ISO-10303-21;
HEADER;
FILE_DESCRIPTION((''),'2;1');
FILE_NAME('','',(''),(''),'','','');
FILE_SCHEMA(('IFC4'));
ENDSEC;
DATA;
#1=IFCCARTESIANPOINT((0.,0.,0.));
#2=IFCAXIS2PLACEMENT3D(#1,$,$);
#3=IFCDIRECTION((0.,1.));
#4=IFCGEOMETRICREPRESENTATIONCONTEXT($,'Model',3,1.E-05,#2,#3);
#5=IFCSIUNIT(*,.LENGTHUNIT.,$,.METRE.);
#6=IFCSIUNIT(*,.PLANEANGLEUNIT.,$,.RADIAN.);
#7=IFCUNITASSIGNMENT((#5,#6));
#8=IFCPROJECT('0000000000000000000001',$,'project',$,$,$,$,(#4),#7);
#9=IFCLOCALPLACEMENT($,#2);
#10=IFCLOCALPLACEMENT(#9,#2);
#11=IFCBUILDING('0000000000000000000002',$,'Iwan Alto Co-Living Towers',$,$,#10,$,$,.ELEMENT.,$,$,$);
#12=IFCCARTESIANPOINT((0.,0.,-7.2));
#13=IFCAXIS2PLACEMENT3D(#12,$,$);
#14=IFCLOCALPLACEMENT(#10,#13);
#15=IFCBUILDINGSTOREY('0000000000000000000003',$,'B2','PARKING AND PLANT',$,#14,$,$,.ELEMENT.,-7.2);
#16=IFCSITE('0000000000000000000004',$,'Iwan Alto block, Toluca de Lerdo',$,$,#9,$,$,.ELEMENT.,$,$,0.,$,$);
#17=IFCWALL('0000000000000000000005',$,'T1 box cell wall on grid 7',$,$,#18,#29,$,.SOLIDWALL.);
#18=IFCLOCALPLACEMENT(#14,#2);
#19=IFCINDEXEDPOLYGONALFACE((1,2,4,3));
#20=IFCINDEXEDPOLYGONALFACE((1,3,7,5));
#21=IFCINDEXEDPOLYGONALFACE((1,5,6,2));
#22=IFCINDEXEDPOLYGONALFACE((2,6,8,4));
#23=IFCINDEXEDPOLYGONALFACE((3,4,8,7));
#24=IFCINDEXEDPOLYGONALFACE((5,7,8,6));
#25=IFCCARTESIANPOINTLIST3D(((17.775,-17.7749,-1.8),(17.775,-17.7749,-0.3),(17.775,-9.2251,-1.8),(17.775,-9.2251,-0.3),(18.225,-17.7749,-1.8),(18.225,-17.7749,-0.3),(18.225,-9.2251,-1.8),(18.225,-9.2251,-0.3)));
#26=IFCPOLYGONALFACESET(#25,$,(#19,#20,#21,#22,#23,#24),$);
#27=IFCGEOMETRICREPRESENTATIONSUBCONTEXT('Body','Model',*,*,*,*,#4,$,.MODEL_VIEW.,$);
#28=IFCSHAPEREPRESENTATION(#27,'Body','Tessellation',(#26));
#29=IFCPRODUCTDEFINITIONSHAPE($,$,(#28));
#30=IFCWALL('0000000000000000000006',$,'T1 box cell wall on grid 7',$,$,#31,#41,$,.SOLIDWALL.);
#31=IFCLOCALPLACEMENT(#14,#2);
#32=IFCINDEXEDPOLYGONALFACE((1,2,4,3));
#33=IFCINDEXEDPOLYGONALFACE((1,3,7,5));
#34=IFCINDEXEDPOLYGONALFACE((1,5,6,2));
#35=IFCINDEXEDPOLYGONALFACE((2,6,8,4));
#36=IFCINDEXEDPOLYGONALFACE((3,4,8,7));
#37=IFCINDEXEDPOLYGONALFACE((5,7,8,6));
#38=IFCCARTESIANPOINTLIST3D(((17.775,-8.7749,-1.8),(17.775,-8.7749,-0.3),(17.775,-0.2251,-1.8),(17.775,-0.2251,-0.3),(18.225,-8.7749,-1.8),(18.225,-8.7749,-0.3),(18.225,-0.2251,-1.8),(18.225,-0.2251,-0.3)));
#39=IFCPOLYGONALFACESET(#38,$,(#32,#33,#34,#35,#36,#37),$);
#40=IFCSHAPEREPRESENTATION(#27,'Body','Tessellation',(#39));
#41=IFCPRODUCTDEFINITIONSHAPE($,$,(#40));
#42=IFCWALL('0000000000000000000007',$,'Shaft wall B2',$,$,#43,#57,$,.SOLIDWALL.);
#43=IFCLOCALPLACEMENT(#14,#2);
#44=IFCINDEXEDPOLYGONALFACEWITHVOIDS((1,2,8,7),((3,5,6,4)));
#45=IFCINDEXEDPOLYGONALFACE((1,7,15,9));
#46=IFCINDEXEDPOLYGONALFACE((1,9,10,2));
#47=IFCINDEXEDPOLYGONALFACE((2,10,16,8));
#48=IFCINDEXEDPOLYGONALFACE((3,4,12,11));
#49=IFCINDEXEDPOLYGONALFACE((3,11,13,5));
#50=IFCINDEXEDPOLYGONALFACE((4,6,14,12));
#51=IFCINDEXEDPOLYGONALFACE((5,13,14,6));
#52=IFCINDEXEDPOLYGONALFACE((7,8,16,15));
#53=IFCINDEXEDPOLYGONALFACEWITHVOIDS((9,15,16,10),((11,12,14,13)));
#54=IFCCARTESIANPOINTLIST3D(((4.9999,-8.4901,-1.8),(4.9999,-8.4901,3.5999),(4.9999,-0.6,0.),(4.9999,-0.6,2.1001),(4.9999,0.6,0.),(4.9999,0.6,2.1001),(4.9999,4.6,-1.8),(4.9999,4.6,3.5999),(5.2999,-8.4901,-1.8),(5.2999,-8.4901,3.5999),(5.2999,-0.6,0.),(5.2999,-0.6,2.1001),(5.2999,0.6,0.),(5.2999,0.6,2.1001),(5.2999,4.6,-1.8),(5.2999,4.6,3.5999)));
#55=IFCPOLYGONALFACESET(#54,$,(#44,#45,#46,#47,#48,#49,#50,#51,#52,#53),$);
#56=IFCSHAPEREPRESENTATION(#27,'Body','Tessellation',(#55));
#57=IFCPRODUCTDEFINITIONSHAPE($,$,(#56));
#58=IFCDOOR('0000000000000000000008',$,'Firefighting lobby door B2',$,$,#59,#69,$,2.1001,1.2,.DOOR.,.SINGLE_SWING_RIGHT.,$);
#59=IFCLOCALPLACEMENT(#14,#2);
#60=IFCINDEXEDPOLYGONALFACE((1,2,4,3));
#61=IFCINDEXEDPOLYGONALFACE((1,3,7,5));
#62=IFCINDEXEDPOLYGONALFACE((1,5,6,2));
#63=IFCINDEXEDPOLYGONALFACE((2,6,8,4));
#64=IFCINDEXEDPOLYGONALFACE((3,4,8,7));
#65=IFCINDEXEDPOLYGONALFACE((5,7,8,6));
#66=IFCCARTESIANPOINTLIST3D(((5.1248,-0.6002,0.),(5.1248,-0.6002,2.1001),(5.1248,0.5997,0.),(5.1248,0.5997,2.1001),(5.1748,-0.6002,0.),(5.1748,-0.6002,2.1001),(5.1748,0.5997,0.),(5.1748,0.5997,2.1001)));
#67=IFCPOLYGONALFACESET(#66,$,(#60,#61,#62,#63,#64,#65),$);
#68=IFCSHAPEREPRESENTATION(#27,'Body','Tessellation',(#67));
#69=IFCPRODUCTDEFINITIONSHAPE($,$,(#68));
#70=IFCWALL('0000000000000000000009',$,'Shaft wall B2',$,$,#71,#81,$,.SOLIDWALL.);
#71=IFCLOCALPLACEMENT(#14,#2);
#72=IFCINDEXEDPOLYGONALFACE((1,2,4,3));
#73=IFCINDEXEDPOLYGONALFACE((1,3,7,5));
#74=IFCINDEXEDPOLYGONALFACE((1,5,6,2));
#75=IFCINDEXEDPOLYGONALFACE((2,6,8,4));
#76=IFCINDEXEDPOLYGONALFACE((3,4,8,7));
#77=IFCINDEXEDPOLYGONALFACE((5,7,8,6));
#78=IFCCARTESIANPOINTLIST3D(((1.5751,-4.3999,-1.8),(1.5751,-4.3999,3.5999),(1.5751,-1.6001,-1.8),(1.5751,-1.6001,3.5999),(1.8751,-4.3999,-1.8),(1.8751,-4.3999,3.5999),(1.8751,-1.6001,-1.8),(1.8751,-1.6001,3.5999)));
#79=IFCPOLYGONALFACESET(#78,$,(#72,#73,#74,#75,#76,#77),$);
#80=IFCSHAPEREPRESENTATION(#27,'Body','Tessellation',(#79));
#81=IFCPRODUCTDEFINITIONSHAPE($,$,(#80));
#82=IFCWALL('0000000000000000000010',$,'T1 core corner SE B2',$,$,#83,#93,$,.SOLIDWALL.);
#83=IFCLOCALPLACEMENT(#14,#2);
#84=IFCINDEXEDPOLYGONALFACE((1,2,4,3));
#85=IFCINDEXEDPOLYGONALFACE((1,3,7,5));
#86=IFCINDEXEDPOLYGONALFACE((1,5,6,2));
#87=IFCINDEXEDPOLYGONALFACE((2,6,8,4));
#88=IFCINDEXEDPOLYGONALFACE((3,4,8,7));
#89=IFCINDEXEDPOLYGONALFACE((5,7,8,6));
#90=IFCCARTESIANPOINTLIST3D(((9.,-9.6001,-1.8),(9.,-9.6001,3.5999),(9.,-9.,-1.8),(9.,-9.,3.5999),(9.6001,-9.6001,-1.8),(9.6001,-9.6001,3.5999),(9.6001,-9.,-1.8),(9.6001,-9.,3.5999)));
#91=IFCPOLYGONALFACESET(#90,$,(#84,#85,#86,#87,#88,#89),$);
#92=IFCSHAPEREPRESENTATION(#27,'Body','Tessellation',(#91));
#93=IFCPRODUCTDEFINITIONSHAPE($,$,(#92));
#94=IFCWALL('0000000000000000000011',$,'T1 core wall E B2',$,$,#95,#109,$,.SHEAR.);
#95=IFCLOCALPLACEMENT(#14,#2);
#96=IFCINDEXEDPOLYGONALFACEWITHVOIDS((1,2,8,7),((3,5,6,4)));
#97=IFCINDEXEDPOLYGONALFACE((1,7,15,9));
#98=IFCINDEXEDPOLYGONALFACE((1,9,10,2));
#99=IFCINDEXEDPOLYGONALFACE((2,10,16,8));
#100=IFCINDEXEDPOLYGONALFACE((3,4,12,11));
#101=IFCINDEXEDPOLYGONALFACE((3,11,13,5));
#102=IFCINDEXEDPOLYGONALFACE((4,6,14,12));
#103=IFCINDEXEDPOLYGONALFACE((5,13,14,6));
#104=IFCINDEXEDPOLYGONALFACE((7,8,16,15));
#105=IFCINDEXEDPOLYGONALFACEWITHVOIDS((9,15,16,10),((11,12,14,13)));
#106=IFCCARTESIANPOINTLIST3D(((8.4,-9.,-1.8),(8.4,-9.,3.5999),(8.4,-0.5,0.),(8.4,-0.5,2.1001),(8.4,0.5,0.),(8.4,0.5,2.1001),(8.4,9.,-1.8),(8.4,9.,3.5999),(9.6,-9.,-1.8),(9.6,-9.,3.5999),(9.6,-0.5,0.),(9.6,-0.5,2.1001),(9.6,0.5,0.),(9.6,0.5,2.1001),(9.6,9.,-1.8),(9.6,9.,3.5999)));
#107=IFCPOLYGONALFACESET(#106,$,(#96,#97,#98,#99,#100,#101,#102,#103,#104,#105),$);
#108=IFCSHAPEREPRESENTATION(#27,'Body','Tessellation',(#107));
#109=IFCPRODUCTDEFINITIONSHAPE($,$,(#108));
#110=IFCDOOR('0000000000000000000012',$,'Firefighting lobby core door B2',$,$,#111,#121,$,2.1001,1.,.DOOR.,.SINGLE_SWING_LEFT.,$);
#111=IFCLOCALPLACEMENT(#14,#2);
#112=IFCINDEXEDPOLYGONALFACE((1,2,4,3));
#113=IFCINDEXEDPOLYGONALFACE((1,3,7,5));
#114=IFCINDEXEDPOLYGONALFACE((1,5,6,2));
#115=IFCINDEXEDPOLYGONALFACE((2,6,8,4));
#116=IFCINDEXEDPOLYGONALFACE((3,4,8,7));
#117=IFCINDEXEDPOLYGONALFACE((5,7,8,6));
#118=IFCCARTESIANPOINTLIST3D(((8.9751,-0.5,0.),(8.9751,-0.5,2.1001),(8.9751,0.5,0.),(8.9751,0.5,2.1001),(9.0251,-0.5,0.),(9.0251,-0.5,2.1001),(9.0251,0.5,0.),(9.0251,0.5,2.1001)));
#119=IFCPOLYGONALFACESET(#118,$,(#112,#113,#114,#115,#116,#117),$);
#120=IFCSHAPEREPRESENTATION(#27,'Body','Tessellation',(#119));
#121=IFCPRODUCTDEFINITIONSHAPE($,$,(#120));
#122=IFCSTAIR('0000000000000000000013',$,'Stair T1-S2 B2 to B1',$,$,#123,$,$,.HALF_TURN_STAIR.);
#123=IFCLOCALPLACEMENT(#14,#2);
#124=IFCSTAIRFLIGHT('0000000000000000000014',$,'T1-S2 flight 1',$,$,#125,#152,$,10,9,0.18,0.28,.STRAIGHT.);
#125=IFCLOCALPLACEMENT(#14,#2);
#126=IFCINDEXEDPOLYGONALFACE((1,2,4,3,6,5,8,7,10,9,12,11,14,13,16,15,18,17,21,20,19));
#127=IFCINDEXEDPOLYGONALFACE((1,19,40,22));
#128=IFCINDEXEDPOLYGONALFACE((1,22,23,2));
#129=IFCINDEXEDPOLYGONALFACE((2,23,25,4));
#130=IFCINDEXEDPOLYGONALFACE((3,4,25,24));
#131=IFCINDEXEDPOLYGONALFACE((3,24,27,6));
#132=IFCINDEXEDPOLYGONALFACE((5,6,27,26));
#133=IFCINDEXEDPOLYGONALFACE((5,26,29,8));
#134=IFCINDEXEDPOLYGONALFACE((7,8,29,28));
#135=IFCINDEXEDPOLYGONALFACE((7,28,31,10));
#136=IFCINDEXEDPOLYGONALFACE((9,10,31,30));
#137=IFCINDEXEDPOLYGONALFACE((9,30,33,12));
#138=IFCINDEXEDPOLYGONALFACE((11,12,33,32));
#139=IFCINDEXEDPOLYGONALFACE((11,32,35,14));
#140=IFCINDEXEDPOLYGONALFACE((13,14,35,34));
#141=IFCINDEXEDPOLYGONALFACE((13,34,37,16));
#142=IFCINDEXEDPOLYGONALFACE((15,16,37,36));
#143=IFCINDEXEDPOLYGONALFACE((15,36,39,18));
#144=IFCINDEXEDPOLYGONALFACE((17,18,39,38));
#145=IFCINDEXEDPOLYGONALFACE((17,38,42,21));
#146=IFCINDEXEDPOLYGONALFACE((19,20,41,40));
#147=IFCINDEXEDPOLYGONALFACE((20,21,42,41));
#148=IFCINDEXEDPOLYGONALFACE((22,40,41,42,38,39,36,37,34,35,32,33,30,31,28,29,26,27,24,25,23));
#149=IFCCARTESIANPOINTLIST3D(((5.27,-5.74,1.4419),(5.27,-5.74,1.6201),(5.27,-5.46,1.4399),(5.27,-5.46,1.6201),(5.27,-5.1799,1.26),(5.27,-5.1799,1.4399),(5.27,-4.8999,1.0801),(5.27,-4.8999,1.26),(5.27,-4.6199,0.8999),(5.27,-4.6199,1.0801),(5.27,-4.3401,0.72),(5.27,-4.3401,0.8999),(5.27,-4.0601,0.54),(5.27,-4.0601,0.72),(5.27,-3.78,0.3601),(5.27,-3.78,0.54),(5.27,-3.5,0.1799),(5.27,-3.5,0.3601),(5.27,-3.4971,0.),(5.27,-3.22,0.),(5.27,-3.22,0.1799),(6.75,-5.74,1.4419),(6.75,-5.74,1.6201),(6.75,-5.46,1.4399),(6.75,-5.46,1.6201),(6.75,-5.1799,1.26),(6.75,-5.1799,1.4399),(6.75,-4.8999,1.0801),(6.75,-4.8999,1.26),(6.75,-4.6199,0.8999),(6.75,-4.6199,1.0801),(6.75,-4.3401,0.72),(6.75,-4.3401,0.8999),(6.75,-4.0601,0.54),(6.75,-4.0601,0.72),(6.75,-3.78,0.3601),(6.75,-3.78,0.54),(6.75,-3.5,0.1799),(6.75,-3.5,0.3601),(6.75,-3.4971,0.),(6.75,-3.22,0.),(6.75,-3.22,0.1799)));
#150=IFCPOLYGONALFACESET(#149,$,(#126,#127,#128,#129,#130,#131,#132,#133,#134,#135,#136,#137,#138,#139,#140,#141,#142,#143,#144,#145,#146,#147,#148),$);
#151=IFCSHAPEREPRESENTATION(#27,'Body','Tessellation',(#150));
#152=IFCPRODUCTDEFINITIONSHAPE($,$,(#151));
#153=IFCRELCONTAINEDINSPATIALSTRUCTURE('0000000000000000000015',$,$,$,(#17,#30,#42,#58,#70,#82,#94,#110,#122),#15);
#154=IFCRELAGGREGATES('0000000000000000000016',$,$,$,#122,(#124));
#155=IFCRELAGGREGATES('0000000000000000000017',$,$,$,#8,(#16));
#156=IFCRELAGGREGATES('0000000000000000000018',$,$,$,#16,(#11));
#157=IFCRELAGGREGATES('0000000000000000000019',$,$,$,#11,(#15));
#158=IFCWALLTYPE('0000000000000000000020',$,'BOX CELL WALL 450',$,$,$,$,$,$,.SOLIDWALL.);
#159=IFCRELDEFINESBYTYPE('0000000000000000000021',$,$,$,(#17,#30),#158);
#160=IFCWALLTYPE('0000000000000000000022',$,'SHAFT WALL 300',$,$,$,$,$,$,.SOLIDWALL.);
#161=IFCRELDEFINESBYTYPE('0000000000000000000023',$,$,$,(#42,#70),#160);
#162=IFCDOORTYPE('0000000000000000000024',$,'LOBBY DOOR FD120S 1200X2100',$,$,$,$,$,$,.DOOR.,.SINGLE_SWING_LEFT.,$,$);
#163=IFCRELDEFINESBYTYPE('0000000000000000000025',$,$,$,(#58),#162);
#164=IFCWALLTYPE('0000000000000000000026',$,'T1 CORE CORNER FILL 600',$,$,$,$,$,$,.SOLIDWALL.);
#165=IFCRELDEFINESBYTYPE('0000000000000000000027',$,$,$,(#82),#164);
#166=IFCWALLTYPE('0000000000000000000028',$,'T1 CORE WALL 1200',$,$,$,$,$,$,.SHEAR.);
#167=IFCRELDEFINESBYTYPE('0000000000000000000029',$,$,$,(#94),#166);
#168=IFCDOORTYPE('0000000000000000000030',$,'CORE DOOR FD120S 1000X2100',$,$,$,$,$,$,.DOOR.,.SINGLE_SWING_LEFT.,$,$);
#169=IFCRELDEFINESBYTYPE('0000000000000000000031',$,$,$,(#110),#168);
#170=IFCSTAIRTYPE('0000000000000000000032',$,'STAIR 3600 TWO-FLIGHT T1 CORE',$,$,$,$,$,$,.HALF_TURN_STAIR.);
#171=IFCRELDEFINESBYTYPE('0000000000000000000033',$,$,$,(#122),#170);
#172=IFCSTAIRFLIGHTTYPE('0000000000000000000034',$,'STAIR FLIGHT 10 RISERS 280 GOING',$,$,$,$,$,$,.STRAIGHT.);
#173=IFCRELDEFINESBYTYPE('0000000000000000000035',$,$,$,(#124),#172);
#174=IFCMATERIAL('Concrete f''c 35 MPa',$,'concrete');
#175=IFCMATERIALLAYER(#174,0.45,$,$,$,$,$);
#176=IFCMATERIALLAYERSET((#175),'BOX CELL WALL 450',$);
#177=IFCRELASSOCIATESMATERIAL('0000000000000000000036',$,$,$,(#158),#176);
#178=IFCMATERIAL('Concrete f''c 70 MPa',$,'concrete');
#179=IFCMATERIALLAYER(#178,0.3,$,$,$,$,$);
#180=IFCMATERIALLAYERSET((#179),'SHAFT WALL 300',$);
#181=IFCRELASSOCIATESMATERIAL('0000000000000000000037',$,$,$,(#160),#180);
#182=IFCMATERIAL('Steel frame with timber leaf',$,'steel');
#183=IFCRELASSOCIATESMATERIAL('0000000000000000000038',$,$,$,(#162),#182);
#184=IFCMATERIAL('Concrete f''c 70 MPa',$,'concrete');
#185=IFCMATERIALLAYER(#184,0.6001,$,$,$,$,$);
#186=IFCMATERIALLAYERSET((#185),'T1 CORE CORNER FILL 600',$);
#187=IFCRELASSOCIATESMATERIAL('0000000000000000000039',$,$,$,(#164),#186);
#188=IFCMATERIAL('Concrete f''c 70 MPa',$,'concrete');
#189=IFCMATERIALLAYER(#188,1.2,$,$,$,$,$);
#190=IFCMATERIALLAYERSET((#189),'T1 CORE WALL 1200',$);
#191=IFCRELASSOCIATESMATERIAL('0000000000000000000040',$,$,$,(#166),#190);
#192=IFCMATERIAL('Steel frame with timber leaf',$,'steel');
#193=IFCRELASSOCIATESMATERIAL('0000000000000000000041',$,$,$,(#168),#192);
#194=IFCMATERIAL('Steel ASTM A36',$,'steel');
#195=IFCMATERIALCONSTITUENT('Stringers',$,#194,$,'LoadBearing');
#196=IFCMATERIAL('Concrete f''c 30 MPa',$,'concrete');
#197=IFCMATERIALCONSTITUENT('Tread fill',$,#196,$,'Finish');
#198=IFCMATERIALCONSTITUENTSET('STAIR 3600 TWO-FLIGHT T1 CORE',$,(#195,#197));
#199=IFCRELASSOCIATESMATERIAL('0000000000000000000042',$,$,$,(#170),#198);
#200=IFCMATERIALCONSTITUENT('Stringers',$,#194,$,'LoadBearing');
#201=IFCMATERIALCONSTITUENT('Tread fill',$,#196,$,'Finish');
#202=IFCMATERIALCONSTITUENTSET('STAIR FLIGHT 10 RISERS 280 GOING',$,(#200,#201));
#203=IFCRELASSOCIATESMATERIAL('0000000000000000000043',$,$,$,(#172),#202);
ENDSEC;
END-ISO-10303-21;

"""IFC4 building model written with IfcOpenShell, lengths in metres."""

from ifc_helpers import new_model, si_unit, direction, frame, frame_2d, origin, place, context, subcontext, project, spatial, polyline, rectangle, outline, extrude, material, layer, layer_set, constituent, constituent_set, type_object, element, fill, aggregate, save


model = new_model("IFC4")

# Units and contexts
model_context = context("Model", 3, precision=1e-05, world=origin(), true_north=direction((0.0, 1.0)))
body_context = subcontext(model_context, "Body", "Model", "MODEL_VIEW")
ifc_project = project(units=[si_unit("LENGTHUNIT", "METRE"), si_unit("PLANEANGLEUNIT", "RADIAN")], contexts=[model_context])

# Site, building, storey
site_placement = place(None, origin())
site = spatial("IfcSite", under=ifc_project, at=site_placement, Name="Iwan Alto block, Toluca de Lerdo", CompositionType="ELEMENT", RefElevation=0.0)
building_placement = place(site_placement, origin())
building = spatial("IfcBuilding", under=site, at=building_placement, Name="Iwan Alto Co-Living Towers", CompositionType="ELEMENT")
storey_placement = place(building_placement, frame((0.0, 0.0, -7.2)))
storey = spatial("IfcBuildingStorey", under=building, at=storey_placement, Name="B2", Description="PARKING AND PLANT", CompositionType="ELEMENT", Elevation=-7.2)

# Walls
ifc_material_1 = material(Name="Concrete f'c 35 MPa", Category="concrete")
ifc_layer_1 = layer(ifc_material_1, 0.45)
ifc_layer_set_1 = layer_set([ifc_layer_1], Name="BOX CELL WALL 450")
wall_type_1 = type_object("IfcWallType", Name="BOX CELL WALL 450", PredefinedType="SOLIDWALL", material=ifc_layer_set_1)
for number, where, z_axis, x_axis, name in (
    (1, (18.0, -17.7749, -1.8), (0.0, 0.0, 1.0), (0.0, 1.0, 0.0), "T1 box cell wall on grid 7"),
    (2, (18.0, -8.7749, -1.8), (0.0, 0.0, 1.0), (0.0, 1.0, 0.0), "T1 box cell wall on grid 7"),
):
    element("IfcWall", number, at=place(storey_placement, frame(where, z_axis=z_axis, x_axis=x_axis)), inside=storey, type_object=wall_type_1, Name=name, PredefinedType="SOLIDWALL", context=body_context, shape_type="SweptSolid", body=[
        extrude(rectangle(XDim=8.5498, YDim=0.45, at=frame_2d((4.2749, 0.0))), origin(), (0.0, 0.0, 1.0), 1.5),
    ])

# Wall, opening, door
ifc_material_2 = material(Name="Concrete f'c 70 MPa", Category="concrete")
ifc_layer_2 = layer(ifc_material_2, 0.3)
ifc_layer_set_2 = layer_set([ifc_layer_2], Name="SHAFT WALL 300")
wall_type_2 = type_object("IfcWallType", Name="SHAFT WALL 300", PredefinedType="SOLIDWALL", material=ifc_layer_set_2)
wall_1_placement = place(storey_placement, frame((5.1499, -8.49, -1.8), z_axis=(0.0, 0.0, 1.0), x_axis=(0.0, 1.0, 0.0)))
wall_1 = element("IfcWall", 3, at=wall_1_placement, inside=storey, type_object=wall_type_2, Name="Shaft wall B2", PredefinedType="SOLIDWALL", context=body_context, shape_type="SweptSolid", body=[
    extrude(rectangle(XDim=13.0901, YDim=0.3, at=frame_2d((6.5449, 0.0))), origin(), (0.0, 0.0, 1.0), 5.3999),
])
opening_1_placement = place(wall_1_placement, frame((7.8899, 0.0, 1.8)))
opening_1 = element("IfcOpeningElement", 4, at=opening_1_placement, cuts=wall_1, PredefinedType="OPENING", context=body_context, shape_type="SweptSolid", body=[
    extrude(rectangle(XDim=1.2, YDim=2.1001, at=frame_2d((0.6001, 1.05))), frame((0.0, 0.1599, 0.0), z_axis=(0.0, -1.0, 0.0), x_axis=(1.0, 0.0, 0.0)), (0.0, 0.0, 1.0), 0.3201),
])
ifc_material_3 = material(Name="Steel frame with timber leaf", Category="steel")
door_type_1 = type_object("IfcDoorType", Name="LOBBY DOOR FD120S 1200X2100", OperationType="SINGLE_SWING_LEFT", PredefinedType="DOOR", material=ifc_material_3)
door_1_placement = place(opening_1_placement, frame((1.2, 0.0, 0.0), z_axis=(0.0, 0.0, 1.0), x_axis=(-1.0, 0.0, 0.0)))
door_1 = element("IfcDoor", 5, at=door_1_placement, inside=storey, type_object=door_type_1, Name="Firefighting lobby door B2", OperationType="SINGLE_SWING_RIGHT", OverallHeight=2.1001, OverallWidth=1.2, PredefinedType="DOOR", context=body_context, shape_type="SweptSolid", body=[
    extrude(rectangle(XDim=1.2, YDim=2.1001, at=frame_2d((0.6001, 1.05))), frame((0.0, 0.0249, 0.0), z_axis=(0.0, -1.0, 0.0), x_axis=(1.0, 0.0, 0.0)), (0.0, 0.0, 1.0), 0.05),
])
fill(opening_1, door_1)

# Walls
wall_2_placement = place(storey_placement, frame((1.7251, -4.3999, -1.8), z_axis=(0.0, 0.0, 1.0), x_axis=(0.0, 1.0, 0.0)))
element("IfcWall", 6, at=wall_2_placement, inside=storey, type_object=wall_type_2, Name="Shaft wall B2", PredefinedType="SOLIDWALL", context=body_context, shape_type="SweptSolid", body=[
    extrude(rectangle(XDim=2.7998, YDim=0.3, at=frame_2d((1.3999, 0.0))), origin(), (0.0, 0.0, 1.0), 5.3999),
])
ifc_material_4 = material(Name="Concrete f'c 70 MPa", Category="concrete")
ifc_layer_3 = layer(ifc_material_4, 0.6001)
ifc_layer_set_3 = layer_set([ifc_layer_3], Name="T1 CORE CORNER FILL 600")
wall_type_3 = type_object("IfcWallType", Name="T1 CORE CORNER FILL 600", PredefinedType="SOLIDWALL", material=ifc_layer_set_3)
wall_3_placement = place(storey_placement, frame((9.0, -9.3, -1.8), z_axis=(0.0, 0.0, 1.0), x_axis=(1.0, 0.0, 0.0)))
element("IfcWall", 7, at=wall_3_placement, inside=storey, type_object=wall_type_3, Name="T1 core corner SE B2", PredefinedType="SOLIDWALL", context=body_context, shape_type="SweptSolid", body=[
    extrude(rectangle(XDim=0.6001, YDim=0.6001, at=frame_2d((0.3, 0.0))), origin(), (0.0, 0.0, 1.0), 5.3999),
])

# Wall, opening, door
ifc_material_5 = material(Name="Concrete f'c 70 MPa", Category="concrete")
ifc_layer_4 = layer(ifc_material_5, 1.2)
ifc_layer_set_4 = layer_set([ifc_layer_4], Name="T1 CORE WALL 1200")
wall_type_4 = type_object("IfcWallType", Name="T1 CORE WALL 1200", PredefinedType="SHEAR", material=ifc_layer_set_4)
wall_4_placement = place(storey_placement, frame((9.0, -9.0, -1.8), z_axis=(0.0, 0.0, 1.0), x_axis=(0.0, 1.0, 0.0)))
wall_4 = element("IfcWall", 8, at=wall_4_placement, inside=storey, type_object=wall_type_4, Name="T1 core wall E B2", PredefinedType="SHEAR", context=body_context, shape_type="SweptSolid", body=[
    extrude(rectangle(XDim=18.0, YDim=1.2, at=frame_2d((9.0, 0.0))), origin(), (0.0, 0.0, 1.0), 5.3999),
])
opening_2_placement = place(wall_4_placement, frame((8.5, 0.0, 1.8)))
opening_2 = element("IfcOpeningElement", 9, at=opening_2_placement, cuts=wall_4, PredefinedType="OPENING", context=body_context, shape_type="SweptSolid", body=[
    extrude(rectangle(XDim=1.0, YDim=2.1001, at=frame_2d((0.5, 1.05))), frame((0.0, 0.6099, 0.0), z_axis=(0.0, -1.0, 0.0), x_axis=(1.0, 0.0, 0.0)), (0.0, 0.0, 1.0), 1.22),
])
ifc_material_6 = material(Name="Steel frame with timber leaf", Category="steel")
door_type_2 = type_object("IfcDoorType", Name="CORE DOOR FD120S 1000X2100", OperationType="SINGLE_SWING_LEFT", PredefinedType="DOOR", material=ifc_material_6)
door_2_placement = place(opening_2_placement, origin())
door_2 = element("IfcDoor", 10, at=door_2_placement, inside=storey, type_object=door_type_2, Name="Firefighting lobby core door B2", OperationType="SINGLE_SWING_LEFT", OverallHeight=2.1001, OverallWidth=1.0, PredefinedType="DOOR", context=body_context, shape_type="SweptSolid", body=[
    extrude(rectangle(XDim=1.0, YDim=2.1001, at=frame_2d((0.5, 1.05))), frame((0.0, 0.0249, 0.0), z_axis=(0.0, -1.0, 0.0), x_axis=(1.0, 0.0, 0.0)), (0.0, 0.0, 1.0), 0.05),
])
fill(opening_2, door_2)

# Stair, stair flight
ifc_material_7 = material(Name="Steel ASTM A36", Category="steel")
ifc_constituent_1 = constituent(ifc_material_7, Name="Stringers", Category="LoadBearing")
ifc_material_8 = material(Name="Concrete f'c 30 MPa", Category="concrete")
ifc_constituent_2 = constituent(ifc_material_8, Name="Tread fill", Category="Finish")
ifc_constituent_set_1 = constituent_set(constituents=[ifc_constituent_1, ifc_constituent_2], Name="STAIR 3600 TWO-FLIGHT T1 CORE")
stair_type = type_object("IfcStairType", Name="STAIR 3600 TWO-FLIGHT T1 CORE", PredefinedType="HALF_TURN_STAIR", material=ifc_constituent_set_1)
stair_placement = place(storey_placement, origin())
stair = element("IfcStair", 11, at=stair_placement, inside=storey, type_object=stair_type, Name="Stair T1-S2 B2 to B1", PredefinedType="HALF_TURN_STAIR")
ifc_constituent_3 = constituent(ifc_material_7, Name="Stringers", Category="LoadBearing")
ifc_constituent_4 = constituent(ifc_material_8, Name="Tread fill", Category="Finish")
ifc_constituent_set_2 = constituent_set(constituents=[ifc_constituent_3, ifc_constituent_4], Name="STAIR FLIGHT 10 RISERS 280 GOING")
stair_flight_type = type_object("IfcStairFlightType", Name="STAIR FLIGHT 10 RISERS 280 GOING", PredefinedType="STRAIGHT", material=ifc_constituent_set_2)
stair_flight_1_placement = place(storey_placement, frame((6.01, -3.22, 0.0), z_axis=(0.0, 0.0, 1.0), x_axis=(0.0, -1.0, 0.0)))
stair_flight_1 = element("IfcStairFlight", 12, at=stair_flight_1_placement, type_object=stair_flight_type, Name="T1-S2 flight 1", NumberOfRisers=10, NumberOfTreads=9, PredefinedType="STRAIGHT", RiserHeight=0.18, TreadLength=0.28, context=body_context, shape_type="SweptSolid", body=[
    extrude(outline(polyline([(0.0, 0.0), (0.0, 0.1799), (0.28, 0.1799), (0.28, 0.3601), (0.5601, 0.3601), (0.5601, 0.54), (0.8401, 0.54), (0.8401, 0.72), (1.1201, 0.72), (1.1201, 0.8999), (1.3999, 0.8999), (1.3999, 1.0801), (1.6799, 1.0801), (1.6799, 1.26), (1.96, 1.26), (1.96, 1.4399), (2.24, 1.4399), (2.24, 1.6201), (2.52, 1.6201), (2.52, 1.8), (2.52, 1.4419), (0.2771, 0.0), (0.0, 0.0)])), frame((0.0, 0.74, 0.0), z_axis=(0.0, -1.0, 0.0), x_axis=(1.0, 0.0, 0.0)), (0.0, 0.0, 1.0), 1.48),
])
aggregate(stair, [stair_flight_1])

save(model, "model.ifc")
